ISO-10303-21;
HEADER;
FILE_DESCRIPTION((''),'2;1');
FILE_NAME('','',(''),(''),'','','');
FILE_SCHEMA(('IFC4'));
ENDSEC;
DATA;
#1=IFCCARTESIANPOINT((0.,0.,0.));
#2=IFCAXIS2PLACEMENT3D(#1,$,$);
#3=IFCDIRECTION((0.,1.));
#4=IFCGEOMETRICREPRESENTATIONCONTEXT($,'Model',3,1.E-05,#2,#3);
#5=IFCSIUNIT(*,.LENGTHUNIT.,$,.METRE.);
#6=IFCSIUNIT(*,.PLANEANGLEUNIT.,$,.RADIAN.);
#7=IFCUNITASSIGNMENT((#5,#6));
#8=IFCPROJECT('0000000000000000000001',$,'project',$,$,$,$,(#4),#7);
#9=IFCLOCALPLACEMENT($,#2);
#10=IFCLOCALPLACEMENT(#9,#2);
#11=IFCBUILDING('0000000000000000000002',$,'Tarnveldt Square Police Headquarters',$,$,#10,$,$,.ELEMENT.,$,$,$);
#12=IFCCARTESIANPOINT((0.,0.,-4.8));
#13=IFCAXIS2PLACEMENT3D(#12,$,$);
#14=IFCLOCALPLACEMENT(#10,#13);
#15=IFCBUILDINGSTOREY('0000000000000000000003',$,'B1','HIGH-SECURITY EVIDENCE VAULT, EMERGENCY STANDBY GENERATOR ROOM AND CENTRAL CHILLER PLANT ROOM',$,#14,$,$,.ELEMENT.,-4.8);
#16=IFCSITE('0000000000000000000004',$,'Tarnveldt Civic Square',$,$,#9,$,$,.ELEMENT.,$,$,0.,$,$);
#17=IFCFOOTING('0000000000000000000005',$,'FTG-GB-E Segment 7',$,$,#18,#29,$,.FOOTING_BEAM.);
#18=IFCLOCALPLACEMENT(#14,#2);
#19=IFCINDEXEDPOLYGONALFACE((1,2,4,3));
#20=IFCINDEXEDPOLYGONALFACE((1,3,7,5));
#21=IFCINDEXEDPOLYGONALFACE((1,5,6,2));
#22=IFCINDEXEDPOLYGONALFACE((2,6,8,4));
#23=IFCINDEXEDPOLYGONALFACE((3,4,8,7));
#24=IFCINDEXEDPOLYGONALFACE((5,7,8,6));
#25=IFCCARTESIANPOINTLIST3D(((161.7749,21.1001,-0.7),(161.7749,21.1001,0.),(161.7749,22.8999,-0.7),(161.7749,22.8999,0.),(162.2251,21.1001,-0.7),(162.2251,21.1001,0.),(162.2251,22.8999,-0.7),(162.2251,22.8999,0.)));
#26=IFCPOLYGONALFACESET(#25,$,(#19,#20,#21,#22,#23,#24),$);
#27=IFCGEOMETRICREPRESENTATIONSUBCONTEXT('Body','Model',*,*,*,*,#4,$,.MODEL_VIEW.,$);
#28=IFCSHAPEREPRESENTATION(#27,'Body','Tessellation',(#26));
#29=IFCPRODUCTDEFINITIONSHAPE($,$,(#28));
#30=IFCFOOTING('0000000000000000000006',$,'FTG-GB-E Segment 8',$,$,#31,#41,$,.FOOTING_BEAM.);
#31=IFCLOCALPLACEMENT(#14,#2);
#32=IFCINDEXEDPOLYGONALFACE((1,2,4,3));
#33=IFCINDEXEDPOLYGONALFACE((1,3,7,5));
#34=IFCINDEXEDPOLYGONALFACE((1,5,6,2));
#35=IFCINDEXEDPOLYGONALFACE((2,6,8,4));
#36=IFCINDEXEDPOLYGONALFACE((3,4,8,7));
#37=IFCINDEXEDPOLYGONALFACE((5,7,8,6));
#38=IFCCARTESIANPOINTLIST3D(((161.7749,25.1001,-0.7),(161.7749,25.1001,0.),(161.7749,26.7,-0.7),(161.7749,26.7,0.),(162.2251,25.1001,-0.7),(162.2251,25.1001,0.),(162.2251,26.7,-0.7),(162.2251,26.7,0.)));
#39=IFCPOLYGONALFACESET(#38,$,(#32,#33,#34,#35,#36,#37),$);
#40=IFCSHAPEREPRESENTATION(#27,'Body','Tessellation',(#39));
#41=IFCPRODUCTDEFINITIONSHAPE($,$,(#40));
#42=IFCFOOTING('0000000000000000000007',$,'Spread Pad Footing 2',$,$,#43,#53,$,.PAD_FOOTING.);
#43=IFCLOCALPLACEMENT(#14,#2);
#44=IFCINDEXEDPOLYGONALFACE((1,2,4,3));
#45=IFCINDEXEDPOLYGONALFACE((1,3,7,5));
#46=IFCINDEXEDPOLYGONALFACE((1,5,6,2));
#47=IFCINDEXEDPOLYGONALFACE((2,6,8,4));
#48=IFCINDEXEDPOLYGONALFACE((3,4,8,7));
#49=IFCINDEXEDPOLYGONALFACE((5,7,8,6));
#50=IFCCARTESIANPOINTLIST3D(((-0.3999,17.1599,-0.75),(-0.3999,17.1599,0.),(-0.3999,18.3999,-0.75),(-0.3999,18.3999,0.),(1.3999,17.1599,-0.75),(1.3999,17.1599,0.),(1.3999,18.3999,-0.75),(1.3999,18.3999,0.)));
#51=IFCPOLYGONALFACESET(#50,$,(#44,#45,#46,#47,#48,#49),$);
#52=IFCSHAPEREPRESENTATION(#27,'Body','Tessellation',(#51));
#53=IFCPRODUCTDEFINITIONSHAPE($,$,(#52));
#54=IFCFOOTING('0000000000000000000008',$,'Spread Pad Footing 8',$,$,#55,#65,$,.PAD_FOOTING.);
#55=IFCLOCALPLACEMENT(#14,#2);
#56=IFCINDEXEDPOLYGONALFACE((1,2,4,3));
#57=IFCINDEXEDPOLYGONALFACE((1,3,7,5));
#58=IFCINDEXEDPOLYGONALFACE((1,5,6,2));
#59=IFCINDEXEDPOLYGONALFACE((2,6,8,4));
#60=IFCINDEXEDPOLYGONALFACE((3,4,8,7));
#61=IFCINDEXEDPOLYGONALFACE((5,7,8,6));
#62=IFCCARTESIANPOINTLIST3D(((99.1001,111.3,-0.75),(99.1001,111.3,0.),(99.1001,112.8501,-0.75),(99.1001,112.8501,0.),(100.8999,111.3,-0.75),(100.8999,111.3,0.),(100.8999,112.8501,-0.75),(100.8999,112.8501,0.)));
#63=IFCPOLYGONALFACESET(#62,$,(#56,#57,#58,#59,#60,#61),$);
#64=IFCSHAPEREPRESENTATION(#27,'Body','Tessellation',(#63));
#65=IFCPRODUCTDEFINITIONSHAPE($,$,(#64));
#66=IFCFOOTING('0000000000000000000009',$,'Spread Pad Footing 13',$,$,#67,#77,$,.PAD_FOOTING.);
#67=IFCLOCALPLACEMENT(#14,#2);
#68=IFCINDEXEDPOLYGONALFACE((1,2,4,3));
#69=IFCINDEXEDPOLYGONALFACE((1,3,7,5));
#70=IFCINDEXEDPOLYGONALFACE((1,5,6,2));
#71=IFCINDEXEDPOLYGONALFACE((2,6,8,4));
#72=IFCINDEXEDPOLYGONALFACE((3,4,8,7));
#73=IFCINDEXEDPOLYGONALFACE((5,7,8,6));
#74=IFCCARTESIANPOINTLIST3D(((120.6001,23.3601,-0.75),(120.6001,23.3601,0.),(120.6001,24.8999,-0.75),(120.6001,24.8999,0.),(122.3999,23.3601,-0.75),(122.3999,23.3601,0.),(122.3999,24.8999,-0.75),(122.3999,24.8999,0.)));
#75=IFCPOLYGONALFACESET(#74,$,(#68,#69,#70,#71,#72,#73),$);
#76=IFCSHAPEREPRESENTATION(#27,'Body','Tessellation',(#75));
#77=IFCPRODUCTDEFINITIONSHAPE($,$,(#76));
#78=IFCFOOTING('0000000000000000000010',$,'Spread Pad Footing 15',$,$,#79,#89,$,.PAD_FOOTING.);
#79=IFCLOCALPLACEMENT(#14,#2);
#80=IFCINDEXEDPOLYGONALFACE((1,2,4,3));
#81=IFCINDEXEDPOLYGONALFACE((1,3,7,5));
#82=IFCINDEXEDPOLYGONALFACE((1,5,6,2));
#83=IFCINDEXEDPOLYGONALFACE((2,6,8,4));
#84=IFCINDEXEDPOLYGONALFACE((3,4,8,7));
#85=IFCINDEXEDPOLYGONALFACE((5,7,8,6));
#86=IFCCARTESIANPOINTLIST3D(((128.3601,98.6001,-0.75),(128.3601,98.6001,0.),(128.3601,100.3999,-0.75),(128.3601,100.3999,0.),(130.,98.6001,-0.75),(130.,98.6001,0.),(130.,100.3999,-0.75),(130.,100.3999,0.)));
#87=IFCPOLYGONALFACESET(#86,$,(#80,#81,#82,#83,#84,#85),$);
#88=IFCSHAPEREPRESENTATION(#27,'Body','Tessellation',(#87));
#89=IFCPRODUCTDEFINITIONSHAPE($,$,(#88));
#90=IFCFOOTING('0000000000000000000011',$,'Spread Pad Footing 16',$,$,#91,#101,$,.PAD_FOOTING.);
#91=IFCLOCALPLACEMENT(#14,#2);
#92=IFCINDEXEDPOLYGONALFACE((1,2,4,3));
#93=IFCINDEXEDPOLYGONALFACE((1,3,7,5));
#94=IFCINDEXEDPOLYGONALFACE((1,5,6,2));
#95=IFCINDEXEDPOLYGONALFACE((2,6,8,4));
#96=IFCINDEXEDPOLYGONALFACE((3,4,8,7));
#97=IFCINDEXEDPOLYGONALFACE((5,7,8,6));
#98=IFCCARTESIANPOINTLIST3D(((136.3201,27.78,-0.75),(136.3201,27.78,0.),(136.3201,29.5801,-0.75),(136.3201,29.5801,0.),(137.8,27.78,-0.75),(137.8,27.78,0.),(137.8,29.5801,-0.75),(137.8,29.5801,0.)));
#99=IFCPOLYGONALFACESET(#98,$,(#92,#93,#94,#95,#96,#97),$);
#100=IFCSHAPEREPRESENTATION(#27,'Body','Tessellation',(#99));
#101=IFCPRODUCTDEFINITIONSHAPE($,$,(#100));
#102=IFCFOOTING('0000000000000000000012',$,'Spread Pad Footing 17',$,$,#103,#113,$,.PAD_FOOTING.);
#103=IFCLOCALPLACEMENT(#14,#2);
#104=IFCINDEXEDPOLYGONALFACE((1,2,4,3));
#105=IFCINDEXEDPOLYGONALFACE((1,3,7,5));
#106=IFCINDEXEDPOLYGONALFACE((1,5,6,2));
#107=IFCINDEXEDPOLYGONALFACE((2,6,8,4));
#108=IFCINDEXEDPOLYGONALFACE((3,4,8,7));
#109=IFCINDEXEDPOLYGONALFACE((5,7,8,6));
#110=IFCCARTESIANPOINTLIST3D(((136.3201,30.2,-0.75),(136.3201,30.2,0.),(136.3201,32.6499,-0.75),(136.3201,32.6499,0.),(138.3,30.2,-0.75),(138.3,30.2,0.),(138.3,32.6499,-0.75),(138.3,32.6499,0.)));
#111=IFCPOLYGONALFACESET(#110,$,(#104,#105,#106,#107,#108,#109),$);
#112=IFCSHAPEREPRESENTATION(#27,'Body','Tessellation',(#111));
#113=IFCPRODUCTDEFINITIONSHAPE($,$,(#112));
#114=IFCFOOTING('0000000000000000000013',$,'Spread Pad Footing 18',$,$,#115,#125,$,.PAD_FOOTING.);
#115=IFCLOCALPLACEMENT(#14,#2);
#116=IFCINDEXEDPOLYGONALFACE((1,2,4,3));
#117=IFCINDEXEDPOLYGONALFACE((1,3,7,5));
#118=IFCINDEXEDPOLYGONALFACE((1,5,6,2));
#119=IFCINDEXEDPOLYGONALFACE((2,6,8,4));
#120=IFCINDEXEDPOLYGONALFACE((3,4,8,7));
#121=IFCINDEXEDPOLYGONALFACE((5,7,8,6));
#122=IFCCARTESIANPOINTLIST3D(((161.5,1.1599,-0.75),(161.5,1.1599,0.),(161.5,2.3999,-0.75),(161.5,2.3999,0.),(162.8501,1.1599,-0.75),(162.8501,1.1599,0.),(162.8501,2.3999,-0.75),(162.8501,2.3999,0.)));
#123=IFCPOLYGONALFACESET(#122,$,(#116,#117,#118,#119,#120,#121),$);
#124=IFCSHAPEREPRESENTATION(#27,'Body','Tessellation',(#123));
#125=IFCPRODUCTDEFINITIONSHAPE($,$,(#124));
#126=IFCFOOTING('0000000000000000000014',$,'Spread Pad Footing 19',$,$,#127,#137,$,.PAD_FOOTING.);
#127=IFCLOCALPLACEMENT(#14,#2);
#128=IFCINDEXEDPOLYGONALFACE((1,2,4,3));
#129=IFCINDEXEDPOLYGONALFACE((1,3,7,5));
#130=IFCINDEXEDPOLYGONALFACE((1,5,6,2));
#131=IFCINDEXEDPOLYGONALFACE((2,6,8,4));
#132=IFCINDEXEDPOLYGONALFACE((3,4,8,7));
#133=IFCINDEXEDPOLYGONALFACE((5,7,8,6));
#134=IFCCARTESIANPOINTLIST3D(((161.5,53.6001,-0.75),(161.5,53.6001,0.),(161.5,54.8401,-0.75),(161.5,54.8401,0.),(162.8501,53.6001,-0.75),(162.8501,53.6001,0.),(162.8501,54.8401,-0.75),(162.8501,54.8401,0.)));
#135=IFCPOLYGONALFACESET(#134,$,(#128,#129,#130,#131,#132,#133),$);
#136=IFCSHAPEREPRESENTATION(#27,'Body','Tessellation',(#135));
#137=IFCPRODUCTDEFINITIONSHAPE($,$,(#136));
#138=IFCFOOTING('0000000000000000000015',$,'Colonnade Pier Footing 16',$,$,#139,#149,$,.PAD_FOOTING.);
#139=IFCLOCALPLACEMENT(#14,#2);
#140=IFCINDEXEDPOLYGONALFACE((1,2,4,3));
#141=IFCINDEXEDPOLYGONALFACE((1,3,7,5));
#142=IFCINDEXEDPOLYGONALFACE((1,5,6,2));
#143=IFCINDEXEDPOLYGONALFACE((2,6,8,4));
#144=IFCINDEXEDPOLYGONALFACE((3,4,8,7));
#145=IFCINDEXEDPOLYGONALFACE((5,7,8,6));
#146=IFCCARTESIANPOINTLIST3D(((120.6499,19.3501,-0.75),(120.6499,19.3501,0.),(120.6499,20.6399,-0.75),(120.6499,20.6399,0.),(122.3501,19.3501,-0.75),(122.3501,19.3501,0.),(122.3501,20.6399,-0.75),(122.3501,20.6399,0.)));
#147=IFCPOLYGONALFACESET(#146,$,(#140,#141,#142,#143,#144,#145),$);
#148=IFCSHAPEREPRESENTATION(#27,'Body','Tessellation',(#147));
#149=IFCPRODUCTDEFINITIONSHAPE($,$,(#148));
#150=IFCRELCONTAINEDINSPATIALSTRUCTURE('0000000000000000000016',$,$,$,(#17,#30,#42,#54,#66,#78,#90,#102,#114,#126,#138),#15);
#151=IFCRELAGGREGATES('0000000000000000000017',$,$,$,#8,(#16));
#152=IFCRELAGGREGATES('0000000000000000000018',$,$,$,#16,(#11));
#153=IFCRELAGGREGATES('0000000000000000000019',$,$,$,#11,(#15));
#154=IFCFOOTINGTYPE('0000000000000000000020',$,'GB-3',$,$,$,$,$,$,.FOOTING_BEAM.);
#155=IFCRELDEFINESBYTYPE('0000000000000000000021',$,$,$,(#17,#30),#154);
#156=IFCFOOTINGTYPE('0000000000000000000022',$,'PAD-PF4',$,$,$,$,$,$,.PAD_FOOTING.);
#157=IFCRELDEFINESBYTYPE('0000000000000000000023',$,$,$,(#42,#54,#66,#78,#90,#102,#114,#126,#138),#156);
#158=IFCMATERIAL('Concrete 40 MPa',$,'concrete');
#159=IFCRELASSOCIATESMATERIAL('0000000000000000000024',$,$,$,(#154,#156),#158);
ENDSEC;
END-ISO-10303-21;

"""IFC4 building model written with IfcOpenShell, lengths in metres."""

from ifc_helpers import new_model, si_unit, direction, frame, origin, place, context, subcontext, project, spatial, polyline, outline, extrude, material, type_object, element, save


model = new_model("IFC4")

# Units and contexts
model_context = context("Model", 3, precision=1e-05, world=origin(), true_north=direction((0.0, 1.0)))
body_context = subcontext(model_context, "Body", "Model", "MODEL_VIEW")
ifc_project = project(units=[si_unit("LENGTHUNIT", "METRE"), si_unit("PLANEANGLEUNIT", "RADIAN")], contexts=[model_context])

# Site, building, storey
site_placement = place(None, origin())
site = spatial("IfcSite", under=ifc_project, at=site_placement, Name="Tarnveldt Civic Square", CompositionType="ELEMENT", RefElevation=0.0)
building_placement = place(site_placement, origin())
building = spatial("IfcBuilding", under=site, at=building_placement, Name="Tarnveldt Square Police Headquarters", CompositionType="ELEMENT")
storey_placement = place(building_placement, frame((0.0, 0.0, -4.8)))
storey = spatial("IfcBuildingStorey", under=building, at=storey_placement, Name="B1", Description="HIGH-SECURITY EVIDENCE VAULT, EMERGENCY STANDBY GENERATOR ROOM AND CENTRAL CHILLER PLANT ROOM", CompositionType="ELEMENT", Elevation=-4.8)

# Footings
ifc_material = material(Name="Concrete 40 MPa", Category="concrete")
footing_type_1 = type_object("IfcFootingType", Name="GB-3", PredefinedType="FOOTING_BEAM", material=ifc_material)
footing_1_placement = place(storey_placement, frame((0.0, 0.0, -0.7)))
element("IfcFooting", 1, at=footing_1_placement, inside=storey, type_object=footing_type_1, Name="FTG-GB-E Segment 7", PredefinedType="FOOTING_BEAM", context=body_context, shape_type="SweptSolid", body=[
    extrude(outline(polyline([(161.7749, 21.1001), (162.2251, 21.1001), (162.2251, 22.8999), (161.7749, 22.8999), (161.7749, 21.1001)])), origin(), (0.0, 0.0, 1.0), 0.7),
])
footing_2_placement = place(storey_placement, frame((0.0, 0.0, -0.7)))
element("IfcFooting", 2, at=footing_2_placement, inside=storey, type_object=footing_type_1, Name="FTG-GB-E Segment 8", PredefinedType="FOOTING_BEAM", context=body_context, shape_type="SweptSolid", body=[
    extrude(outline(polyline([(161.7749, 25.1001), (162.2251, 25.1001), (162.2251, 26.7), (161.7749, 26.7), (161.7749, 25.1001)])), origin(), (0.0, 0.0, 1.0), 0.7),
])
footing_type_2 = type_object("IfcFootingType", Name="PAD-PF4", PredefinedType="PAD_FOOTING", material=ifc_material)
footing_3_placement = place(storey_placement, frame((0.0, 0.0, -0.75)))
element("IfcFooting", 3, at=footing_3_placement, inside=storey, type_object=footing_type_2, Name="Spread Pad Footing 2", PredefinedType="PAD_FOOTING", context=body_context, shape_type="SweptSolid", body=[
    extrude(outline(polyline([(-0.3999, 17.1599), (1.3999, 17.1599), (1.3999, 18.3999), (-0.3999, 18.3999), (-0.3999, 17.1599)])), origin(), (0.0, 0.0, 1.0), 0.75),
])
footing_4_placement = place(storey_placement, frame((0.0, 0.0, -0.75)))
element("IfcFooting", 4, at=footing_4_placement, inside=storey, type_object=footing_type_2, Name="Spread Pad Footing 8", PredefinedType="PAD_FOOTING", context=body_context, shape_type="SweptSolid", body=[
    extrude(outline(polyline([(99.1001, 111.3), (100.8999, 111.3), (100.8999, 112.8501), (99.1001, 112.8501), (99.1001, 111.3)])), origin(), (0.0, 0.0, 1.0), 0.75),
])
footing_5_placement = place(storey_placement, frame((0.0, 0.0, -0.75)))
element("IfcFooting", 5, at=footing_5_placement, inside=storey, type_object=footing_type_2, Name="Spread Pad Footing 13", PredefinedType="PAD_FOOTING", context=body_context, shape_type="SweptSolid", body=[
    extrude(outline(polyline([(120.6001, 23.3601), (122.3999, 23.3601), (122.3999, 24.8999), (120.6001, 24.8999), (120.6001, 23.3601)])), origin(), (0.0, 0.0, 1.0), 0.75),
])
footing_6_placement = place(storey_placement, frame((0.0, 0.0, -0.75)))
element("IfcFooting", 6, at=footing_6_placement, inside=storey, type_object=footing_type_2, Name="Spread Pad Footing 15", PredefinedType="PAD_FOOTING", context=body_context, shape_type="SweptSolid", body=[
    extrude(outline(polyline([(128.3601, 98.6001), (130.0, 98.6001), (130.0, 100.3999), (128.3601, 100.3999), (128.3601, 98.6001)])), origin(), (0.0, 0.0, 1.0), 0.75),
])
footing_7_placement = place(storey_placement, frame((0.0, 0.0, -0.75)))
element("IfcFooting", 7, at=footing_7_placement, inside=storey, type_object=footing_type_2, Name="Spread Pad Footing 16", PredefinedType="PAD_FOOTING", context=body_context, shape_type="SweptSolid", body=[
    extrude(outline(polyline([(136.3201, 27.78), (137.8, 27.78), (137.8, 29.5801), (136.3201, 29.5801), (136.3201, 27.78)])), origin(), (0.0, 0.0, 1.0), 0.75),
])
footing_8_placement = place(storey_placement, frame((0.0, 0.0, -0.75)))
element("IfcFooting", 8, at=footing_8_placement, inside=storey, type_object=footing_type_2, Name="Spread Pad Footing 17", PredefinedType="PAD_FOOTING", context=body_context, shape_type="SweptSolid", body=[
    extrude(outline(polyline([(136.3201, 30.2), (138.3, 30.2), (138.3, 32.6499), (136.3201, 32.6499), (136.3201, 30.2)])), origin(), (0.0, 0.0, 1.0), 0.75),
])
footing_9_placement = place(storey_placement, frame((0.0, 0.0, -0.75)))
element("IfcFooting", 9, at=footing_9_placement, inside=storey, type_object=footing_type_2, Name="Spread Pad Footing 18", PredefinedType="PAD_FOOTING", context=body_context, shape_type="SweptSolid", body=[
    extrude(outline(polyline([(161.5, 1.1599), (162.8501, 1.1599), (162.8501, 2.3999), (161.5, 2.3999), (161.5, 1.1599)])), origin(), (0.0, 0.0, 1.0), 0.75),
])
footing_10_placement = place(storey_placement, frame((0.0, 0.0, -0.75)))
element("IfcFooting", 10, at=footing_10_placement, inside=storey, type_object=footing_type_2, Name="Spread Pad Footing 19", PredefinedType="PAD_FOOTING", context=body_context, shape_type="SweptSolid", body=[
    extrude(outline(polyline([(161.5, 53.6001), (162.8501, 53.6001), (162.8501, 54.8401), (161.5, 54.8401), (161.5, 53.6001)])), origin(), (0.0, 0.0, 1.0), 0.75),
])
footing_11_placement = place(storey_placement, frame((0.0, 0.0, -0.75)))
element("IfcFooting", 11, at=footing_11_placement, inside=storey, type_object=footing_type_2, Name="Colonnade Pier Footing 16", PredefinedType="PAD_FOOTING", context=body_context, shape_type="SweptSolid", body=[
    extrude(outline(polyline([(120.6499, 19.3501), (122.3501, 19.3501), (122.3501, 20.6399), (120.6499, 20.6399), (120.6499, 19.3501)])), origin(), (0.0, 0.0, 1.0), 0.75),
])

save(model, "model.ifc")
